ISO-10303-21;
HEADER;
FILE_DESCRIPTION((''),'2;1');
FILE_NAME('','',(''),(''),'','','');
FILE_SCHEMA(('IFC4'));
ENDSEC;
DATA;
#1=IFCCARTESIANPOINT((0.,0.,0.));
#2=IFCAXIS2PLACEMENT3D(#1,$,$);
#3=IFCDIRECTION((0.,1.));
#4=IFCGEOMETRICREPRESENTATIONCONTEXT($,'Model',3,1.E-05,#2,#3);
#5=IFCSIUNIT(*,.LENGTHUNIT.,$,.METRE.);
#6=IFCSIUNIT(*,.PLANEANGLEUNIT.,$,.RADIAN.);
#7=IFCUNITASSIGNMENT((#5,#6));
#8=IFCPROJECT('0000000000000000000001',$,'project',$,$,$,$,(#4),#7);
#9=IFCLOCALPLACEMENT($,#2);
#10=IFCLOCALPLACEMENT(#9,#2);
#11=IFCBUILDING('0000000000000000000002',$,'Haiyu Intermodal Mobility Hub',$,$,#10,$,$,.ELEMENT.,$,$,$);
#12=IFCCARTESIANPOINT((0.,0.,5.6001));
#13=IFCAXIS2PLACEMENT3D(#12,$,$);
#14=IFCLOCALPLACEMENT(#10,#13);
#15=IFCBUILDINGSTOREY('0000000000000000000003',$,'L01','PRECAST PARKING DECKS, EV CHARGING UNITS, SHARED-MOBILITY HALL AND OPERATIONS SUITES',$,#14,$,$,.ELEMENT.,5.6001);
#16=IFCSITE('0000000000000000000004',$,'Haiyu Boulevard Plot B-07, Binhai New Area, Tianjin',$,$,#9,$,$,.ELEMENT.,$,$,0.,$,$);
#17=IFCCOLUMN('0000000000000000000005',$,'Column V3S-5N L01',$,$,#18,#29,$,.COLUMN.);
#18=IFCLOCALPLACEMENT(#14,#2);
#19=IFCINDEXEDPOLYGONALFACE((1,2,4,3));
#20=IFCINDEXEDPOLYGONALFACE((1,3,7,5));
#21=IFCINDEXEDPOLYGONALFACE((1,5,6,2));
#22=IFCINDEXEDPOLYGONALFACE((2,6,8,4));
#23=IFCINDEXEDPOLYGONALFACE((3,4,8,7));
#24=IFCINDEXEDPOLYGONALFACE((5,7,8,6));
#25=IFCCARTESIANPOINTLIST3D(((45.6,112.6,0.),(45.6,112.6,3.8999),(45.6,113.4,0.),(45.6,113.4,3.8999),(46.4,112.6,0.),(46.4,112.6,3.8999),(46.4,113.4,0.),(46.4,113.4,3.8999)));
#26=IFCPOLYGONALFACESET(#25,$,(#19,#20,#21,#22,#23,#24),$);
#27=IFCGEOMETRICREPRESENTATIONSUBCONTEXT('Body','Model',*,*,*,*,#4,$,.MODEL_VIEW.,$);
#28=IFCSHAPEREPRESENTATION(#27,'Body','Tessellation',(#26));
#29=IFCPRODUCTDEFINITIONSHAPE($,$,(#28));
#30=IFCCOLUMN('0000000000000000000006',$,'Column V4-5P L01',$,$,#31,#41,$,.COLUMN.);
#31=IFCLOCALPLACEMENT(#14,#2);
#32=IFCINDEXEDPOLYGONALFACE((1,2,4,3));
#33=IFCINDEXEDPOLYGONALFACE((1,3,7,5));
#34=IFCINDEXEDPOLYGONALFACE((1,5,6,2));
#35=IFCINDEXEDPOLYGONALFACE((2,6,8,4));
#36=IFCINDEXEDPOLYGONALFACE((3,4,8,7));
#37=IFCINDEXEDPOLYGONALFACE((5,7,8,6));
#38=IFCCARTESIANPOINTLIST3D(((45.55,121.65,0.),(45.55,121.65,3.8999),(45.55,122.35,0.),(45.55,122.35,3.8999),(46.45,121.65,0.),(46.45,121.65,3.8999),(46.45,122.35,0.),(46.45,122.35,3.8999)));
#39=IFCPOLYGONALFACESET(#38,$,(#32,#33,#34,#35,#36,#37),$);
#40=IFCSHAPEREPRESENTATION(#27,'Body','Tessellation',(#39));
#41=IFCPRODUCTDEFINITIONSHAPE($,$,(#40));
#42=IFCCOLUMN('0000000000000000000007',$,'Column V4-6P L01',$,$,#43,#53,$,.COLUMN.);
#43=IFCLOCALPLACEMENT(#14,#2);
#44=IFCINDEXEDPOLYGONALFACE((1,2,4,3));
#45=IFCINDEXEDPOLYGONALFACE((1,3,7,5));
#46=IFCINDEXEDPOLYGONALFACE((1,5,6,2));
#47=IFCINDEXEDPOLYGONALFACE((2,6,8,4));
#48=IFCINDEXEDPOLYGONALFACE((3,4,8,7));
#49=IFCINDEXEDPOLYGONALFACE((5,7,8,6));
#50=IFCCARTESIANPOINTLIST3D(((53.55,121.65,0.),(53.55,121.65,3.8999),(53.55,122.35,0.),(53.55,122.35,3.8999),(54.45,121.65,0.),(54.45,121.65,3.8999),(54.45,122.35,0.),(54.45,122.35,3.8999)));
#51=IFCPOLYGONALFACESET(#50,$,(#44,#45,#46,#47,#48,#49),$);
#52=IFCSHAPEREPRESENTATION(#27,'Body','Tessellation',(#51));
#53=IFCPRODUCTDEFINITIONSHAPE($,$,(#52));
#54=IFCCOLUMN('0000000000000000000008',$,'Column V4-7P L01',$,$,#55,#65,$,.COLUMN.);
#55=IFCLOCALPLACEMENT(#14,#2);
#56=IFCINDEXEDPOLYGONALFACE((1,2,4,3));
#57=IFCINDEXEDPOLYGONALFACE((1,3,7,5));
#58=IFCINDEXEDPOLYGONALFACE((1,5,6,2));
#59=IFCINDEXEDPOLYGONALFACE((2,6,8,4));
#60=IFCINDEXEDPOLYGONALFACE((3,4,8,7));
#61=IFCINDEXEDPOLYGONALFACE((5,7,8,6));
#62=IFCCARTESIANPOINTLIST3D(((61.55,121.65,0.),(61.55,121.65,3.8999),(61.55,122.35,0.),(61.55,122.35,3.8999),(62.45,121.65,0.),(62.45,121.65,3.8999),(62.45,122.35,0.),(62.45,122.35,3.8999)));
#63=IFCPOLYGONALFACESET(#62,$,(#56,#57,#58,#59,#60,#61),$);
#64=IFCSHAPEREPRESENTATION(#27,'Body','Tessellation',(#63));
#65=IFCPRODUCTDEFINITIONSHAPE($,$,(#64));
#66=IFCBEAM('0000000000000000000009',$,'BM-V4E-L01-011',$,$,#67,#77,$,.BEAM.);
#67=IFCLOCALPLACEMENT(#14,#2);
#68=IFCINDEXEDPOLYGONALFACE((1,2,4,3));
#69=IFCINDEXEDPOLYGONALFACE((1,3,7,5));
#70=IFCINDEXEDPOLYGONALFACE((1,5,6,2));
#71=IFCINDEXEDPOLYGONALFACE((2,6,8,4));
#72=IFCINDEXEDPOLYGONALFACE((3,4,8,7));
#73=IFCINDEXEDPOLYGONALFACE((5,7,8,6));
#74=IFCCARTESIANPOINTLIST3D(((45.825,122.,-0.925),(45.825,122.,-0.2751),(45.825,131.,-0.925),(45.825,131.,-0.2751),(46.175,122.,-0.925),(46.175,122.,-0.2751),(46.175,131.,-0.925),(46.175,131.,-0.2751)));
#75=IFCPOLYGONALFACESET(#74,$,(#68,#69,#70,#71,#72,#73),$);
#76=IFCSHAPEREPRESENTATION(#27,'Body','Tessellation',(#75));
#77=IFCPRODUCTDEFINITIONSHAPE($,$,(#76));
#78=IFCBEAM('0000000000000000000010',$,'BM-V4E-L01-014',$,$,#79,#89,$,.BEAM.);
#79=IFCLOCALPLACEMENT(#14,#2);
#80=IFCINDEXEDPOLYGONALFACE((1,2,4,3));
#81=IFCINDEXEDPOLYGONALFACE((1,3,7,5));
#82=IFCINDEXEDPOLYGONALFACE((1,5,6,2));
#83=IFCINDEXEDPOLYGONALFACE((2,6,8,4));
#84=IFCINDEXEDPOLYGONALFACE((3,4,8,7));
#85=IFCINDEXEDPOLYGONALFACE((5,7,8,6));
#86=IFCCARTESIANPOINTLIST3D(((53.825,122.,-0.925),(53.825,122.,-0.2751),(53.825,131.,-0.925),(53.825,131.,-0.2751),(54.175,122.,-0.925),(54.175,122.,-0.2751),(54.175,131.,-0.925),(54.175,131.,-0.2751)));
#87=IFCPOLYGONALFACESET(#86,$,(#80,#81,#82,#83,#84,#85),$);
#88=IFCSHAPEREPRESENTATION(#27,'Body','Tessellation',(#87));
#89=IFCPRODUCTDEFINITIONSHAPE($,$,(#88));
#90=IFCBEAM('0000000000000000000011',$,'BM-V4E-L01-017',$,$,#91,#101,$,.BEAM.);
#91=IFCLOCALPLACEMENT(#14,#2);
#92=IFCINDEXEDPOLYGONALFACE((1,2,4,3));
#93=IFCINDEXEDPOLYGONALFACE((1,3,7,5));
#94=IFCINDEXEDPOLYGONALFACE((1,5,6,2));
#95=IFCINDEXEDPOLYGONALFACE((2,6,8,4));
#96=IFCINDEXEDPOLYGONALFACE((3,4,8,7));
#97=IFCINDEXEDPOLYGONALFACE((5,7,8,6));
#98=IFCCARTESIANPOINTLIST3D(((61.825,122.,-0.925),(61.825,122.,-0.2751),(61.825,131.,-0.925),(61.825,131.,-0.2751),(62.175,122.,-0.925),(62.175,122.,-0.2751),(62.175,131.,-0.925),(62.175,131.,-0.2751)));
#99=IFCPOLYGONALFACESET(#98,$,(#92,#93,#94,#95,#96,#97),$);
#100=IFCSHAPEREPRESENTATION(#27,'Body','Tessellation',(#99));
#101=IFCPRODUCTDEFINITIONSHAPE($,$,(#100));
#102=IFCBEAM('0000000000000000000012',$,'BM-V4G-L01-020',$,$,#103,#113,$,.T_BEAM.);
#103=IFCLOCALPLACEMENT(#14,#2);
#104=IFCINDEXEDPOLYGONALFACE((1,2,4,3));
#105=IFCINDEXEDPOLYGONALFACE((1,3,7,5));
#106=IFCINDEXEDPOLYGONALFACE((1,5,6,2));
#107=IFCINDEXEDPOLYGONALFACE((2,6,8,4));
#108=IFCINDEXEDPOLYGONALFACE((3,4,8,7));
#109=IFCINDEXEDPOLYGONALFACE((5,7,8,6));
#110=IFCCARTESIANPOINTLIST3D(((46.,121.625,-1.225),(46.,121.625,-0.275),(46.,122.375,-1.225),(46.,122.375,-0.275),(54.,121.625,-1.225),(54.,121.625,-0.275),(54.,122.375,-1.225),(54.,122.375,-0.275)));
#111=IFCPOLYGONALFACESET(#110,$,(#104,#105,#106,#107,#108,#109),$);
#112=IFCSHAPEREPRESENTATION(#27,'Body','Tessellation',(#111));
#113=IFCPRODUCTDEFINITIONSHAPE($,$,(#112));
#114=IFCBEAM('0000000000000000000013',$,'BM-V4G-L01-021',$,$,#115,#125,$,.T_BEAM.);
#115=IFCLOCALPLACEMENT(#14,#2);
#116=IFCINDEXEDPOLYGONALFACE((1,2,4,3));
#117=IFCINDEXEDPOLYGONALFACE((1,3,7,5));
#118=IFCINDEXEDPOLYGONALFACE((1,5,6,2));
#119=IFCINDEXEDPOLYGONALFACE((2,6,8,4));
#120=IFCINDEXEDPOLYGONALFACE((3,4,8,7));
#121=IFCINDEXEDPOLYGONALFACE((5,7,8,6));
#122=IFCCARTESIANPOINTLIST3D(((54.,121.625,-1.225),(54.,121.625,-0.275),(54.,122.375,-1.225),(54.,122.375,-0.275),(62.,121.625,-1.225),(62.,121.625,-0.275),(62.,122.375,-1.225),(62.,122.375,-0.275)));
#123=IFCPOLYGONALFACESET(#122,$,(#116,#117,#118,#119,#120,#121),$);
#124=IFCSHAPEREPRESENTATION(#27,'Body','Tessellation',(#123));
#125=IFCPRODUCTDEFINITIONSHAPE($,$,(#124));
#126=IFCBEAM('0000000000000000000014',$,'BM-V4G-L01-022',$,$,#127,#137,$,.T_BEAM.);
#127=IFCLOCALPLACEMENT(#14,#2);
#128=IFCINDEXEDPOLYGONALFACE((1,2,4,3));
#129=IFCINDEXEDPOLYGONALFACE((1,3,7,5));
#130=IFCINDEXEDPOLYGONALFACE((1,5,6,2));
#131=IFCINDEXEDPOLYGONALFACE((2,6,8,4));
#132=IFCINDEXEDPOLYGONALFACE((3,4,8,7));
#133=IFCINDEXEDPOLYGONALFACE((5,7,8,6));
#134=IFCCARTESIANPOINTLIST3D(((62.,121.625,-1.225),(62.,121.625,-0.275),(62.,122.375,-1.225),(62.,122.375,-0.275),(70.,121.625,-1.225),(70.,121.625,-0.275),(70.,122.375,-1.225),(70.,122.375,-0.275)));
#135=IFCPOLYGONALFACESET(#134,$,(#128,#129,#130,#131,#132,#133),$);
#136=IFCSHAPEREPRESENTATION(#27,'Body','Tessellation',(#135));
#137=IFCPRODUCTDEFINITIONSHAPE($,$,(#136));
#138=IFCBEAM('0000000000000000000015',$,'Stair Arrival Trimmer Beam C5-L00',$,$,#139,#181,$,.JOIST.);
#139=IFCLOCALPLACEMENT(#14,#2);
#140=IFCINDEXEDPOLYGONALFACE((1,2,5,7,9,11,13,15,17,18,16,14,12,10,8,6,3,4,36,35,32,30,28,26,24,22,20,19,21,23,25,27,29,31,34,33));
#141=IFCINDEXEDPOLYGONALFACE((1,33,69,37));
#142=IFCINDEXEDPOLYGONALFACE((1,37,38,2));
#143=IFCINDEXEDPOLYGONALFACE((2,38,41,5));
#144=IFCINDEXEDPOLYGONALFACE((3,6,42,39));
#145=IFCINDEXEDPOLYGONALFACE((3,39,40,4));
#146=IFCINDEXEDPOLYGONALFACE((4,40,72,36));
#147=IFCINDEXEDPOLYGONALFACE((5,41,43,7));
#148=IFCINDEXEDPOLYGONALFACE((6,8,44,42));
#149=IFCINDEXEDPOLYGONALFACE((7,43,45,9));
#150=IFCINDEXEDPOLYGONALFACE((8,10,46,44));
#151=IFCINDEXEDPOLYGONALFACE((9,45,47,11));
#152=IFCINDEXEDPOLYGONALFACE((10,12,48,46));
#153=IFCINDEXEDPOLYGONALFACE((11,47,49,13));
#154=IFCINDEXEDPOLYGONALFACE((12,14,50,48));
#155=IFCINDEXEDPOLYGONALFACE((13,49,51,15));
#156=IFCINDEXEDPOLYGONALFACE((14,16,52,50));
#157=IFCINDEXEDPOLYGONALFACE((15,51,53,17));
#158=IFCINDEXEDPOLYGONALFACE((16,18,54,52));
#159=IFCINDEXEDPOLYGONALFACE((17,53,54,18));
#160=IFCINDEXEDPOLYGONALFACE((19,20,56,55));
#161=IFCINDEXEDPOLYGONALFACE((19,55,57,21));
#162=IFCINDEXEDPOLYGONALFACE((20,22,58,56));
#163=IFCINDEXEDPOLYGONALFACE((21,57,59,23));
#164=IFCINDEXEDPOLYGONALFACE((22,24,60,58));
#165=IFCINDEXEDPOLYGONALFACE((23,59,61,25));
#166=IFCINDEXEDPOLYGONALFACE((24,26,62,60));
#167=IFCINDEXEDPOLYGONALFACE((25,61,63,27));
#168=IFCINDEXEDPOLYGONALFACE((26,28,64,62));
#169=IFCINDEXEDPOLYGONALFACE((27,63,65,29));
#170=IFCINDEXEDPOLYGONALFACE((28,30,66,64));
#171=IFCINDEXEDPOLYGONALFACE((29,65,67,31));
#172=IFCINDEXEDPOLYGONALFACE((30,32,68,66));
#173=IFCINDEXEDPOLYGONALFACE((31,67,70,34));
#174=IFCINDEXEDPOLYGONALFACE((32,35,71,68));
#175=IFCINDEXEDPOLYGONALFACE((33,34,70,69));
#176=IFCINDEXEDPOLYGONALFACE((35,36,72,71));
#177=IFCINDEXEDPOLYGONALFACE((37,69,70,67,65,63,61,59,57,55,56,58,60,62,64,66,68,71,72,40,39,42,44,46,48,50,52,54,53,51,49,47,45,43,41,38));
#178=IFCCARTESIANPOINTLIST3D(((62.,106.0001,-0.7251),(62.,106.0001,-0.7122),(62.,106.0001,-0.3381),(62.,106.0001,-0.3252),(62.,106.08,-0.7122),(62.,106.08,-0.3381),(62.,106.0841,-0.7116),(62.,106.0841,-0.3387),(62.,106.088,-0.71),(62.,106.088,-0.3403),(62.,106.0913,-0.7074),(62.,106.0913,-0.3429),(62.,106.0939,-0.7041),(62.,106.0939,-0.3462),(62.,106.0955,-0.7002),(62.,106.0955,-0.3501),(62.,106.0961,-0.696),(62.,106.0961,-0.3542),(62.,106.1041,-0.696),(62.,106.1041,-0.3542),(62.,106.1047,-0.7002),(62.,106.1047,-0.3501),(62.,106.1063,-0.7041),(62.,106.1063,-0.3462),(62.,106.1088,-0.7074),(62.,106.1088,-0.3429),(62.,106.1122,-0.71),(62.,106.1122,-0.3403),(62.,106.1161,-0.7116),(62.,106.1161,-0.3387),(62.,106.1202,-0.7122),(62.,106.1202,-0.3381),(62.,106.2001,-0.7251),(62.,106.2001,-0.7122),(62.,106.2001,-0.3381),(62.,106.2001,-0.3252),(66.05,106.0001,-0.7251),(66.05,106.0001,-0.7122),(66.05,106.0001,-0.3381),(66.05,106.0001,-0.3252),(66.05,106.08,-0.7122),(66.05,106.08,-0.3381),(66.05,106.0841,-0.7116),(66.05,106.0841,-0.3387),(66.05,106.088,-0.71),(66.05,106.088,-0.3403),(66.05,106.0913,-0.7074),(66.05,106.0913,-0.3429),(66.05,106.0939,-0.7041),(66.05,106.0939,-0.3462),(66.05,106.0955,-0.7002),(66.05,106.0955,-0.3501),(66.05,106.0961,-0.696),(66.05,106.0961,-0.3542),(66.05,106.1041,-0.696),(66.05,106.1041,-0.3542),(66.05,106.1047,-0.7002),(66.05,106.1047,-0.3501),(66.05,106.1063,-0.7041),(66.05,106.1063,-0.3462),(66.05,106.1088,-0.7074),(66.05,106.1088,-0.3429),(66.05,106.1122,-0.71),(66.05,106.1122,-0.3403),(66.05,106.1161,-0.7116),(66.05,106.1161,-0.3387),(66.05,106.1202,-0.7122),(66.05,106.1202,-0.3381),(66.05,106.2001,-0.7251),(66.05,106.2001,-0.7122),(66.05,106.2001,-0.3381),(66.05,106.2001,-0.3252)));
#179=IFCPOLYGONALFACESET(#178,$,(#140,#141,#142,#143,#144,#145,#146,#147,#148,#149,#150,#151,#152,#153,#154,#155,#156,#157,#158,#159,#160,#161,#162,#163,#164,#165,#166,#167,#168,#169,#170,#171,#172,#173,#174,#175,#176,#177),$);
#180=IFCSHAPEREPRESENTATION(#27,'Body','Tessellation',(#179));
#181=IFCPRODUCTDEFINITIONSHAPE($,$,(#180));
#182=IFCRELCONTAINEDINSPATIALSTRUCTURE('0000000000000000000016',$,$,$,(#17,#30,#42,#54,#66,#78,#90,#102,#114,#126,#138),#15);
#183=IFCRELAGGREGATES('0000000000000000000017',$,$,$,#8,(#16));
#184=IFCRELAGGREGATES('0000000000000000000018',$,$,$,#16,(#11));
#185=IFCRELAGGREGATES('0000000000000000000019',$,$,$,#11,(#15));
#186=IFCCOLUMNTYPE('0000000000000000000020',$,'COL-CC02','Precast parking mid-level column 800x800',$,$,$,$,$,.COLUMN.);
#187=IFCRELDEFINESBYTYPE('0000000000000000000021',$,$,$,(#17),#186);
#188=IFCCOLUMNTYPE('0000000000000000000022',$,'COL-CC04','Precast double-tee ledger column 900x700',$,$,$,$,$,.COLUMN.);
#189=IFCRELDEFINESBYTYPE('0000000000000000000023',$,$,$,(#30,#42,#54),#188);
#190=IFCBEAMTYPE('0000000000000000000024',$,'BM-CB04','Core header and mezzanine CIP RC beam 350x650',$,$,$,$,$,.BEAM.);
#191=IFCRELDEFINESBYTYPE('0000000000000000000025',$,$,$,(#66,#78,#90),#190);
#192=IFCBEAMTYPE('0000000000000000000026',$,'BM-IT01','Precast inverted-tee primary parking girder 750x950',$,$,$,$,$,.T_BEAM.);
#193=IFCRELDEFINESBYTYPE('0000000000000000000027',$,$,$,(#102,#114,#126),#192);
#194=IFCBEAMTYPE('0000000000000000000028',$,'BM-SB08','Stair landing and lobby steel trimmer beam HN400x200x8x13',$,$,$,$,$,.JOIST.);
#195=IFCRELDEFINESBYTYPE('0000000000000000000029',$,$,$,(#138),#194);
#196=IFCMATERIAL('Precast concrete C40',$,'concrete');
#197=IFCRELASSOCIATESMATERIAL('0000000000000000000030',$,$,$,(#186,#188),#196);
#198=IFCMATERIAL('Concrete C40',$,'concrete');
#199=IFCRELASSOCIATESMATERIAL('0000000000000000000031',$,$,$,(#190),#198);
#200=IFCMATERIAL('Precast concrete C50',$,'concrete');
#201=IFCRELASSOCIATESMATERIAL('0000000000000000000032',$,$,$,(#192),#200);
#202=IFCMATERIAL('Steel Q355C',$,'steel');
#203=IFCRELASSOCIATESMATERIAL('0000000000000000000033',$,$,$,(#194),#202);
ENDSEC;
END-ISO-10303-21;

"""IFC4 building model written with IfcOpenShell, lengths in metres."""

from ifc_helpers import new_model, si_unit, direction, frame, origin, origin_2d, place, context, subcontext, project, spatial, rectangle, i_section, extrude, material, material_profile, profile_set, type_object, element, save


model = new_model("IFC4")

# Units and contexts
model_context = context("Model", 3, precision=1e-05, world=origin(), true_north=direction((0.0, 1.0)))
body_context = subcontext(model_context, "Body", "Model", "MODEL_VIEW")
ifc_project = project(units=[si_unit("LENGTHUNIT", "METRE"), si_unit("PLANEANGLEUNIT", "RADIAN")], contexts=[model_context])

# Site, building, storey
site_placement = place(None, origin())
site = spatial("IfcSite", under=ifc_project, at=site_placement, Name="Haiyu Boulevard Plot B-07, Binhai New Area, Tianjin", CompositionType="ELEMENT", RefElevation=0.0)
building_placement = place(site_placement, origin())
building = spatial("IfcBuilding", under=site, at=building_placement, Name="Haiyu Intermodal Mobility Hub", CompositionType="ELEMENT")
storey_placement = place(building_placement, frame((0.0, 0.0, 5.6001)))
storey = spatial("IfcBuildingStorey", under=building, at=storey_placement, Name="L01", Description="PRECAST PARKING DECKS, EV CHARGING UNITS, SHARED-MOBILITY HALL AND OPERATIONS SUITES", CompositionType="ELEMENT", Elevation=5.6001)

# Columns
ifc_material_1 = material(Name="Precast concrete C40", Category="concrete")
ifc_material_profile_1 = material_profile(ifc_material_1, rectangle(XDim=0.8, YDim=0.8, at=origin_2d()), Name="RC800x800")
ifc_profile_set_1 = profile_set([ifc_material_profile_1], Name="Precast concrete C40")
column_type_1 = type_object("IfcColumnType", Name="COL-CC02", Description="Precast parking mid-level column 800x800", PredefinedType="COLUMN", material=ifc_profile_set_1)
column_placement = place(storey_placement, frame((46.0, 113.0, 0.0), z_axis=(0.0, 0.0, 1.0), x_axis=(1.0, 0.0, 0.0)))
element("IfcColumn", 1, at=column_placement, inside=storey, type_object=column_type_1, Name="Column V3S-5N L01", PredefinedType="COLUMN", context=body_context, shape_type="SweptSolid", body=[
    extrude(rectangle(XDim=0.8, YDim=0.8, at=origin_2d()), origin(), (0.0, 0.0, 1.0), 3.8999),
])
ifc_material_profile_2 = material_profile(ifc_material_1, rectangle(XDim=0.8999, YDim=0.7, at=origin_2d()), Name="RC900x700")
ifc_profile_set_2 = profile_set([ifc_material_profile_2], Name="Precast concrete C40")
column_type_2 = type_object("IfcColumnType", Name="COL-CC04", Description="Precast double-tee ledger column 900x700", PredefinedType="COLUMN", material=ifc_profile_set_2)
for number, where, z_axis, x_axis, name in (
    (2, (46.0, 122.0, 0.0), (0.0, 0.0, 1.0), (1.0, 0.0, 0.0), "Column V4-5P L01"),
    (3, (54.0, 122.0, 0.0), (0.0, 0.0, 1.0), (1.0, 0.0, 0.0), "Column V4-6P L01"),
    (4, (62.0, 122.0, 0.0), (0.0, 0.0, 1.0), (1.0, 0.0, 0.0), "Column V4-7P L01"),
):
    element("IfcColumn", number, at=place(storey_placement, frame(where, z_axis=z_axis, x_axis=x_axis)), inside=storey, type_object=column_type_2, Name=name, PredefinedType="COLUMN", context=body_context, shape_type="SweptSolid", body=[
        extrude(rectangle(XDim=0.8999, YDim=0.7, at=origin_2d()), origin(), (0.0, 0.0, 1.0), 3.8999),
    ])

# Beams
ifc_material_2 = material(Name="Concrete C40", Category="concrete")
ifc_material_profile_3 = material_profile(ifc_material_2, rectangle(XDim=0.3501, YDim=0.6499, at=origin_2d()), Name="RCB350x650")
ifc_profile_set_3 = profile_set([ifc_material_profile_3], Name="Concrete C40")
beam_type_1 = type_object("IfcBeamType", Name="BM-CB04", Description="Core header and mezzanine CIP RC beam 350x650", PredefinedType="BEAM", material=ifc_profile_set_3)
for number, where, z_axis, x_axis, name in (
    (5, (46.0, 122.0, -0.6001), (0.0, 1.0, 0.0), (-1.0, 0.0, 0.0), "BM-V4E-L01-011"),
    (6, (54.0, 122.0, -0.6001), (0.0, 1.0, 0.0), (-1.0, 0.0, 0.0), "BM-V4E-L01-014"),
    (7, (62.0, 122.0, -0.6001), (0.0, 1.0, 0.0), (-1.0, 0.0, 0.0), "BM-V4E-L01-017"),
):
    element("IfcBeam", number, at=place(storey_placement, frame(where, z_axis=z_axis, x_axis=x_axis)), inside=storey, type_object=beam_type_1, Name=name, PredefinedType="BEAM", context=body_context, shape_type="SweptSolid", body=[
        extrude(rectangle(XDim=0.3501, YDim=0.6499, at=origin_2d()), origin(), (0.0, 0.0, 1.0), 9.0),
    ])
ifc_material_3 = material(Name="Precast concrete C50", Category="concrete")
ifc_material_profile_4 = material_profile(ifc_material_3, rectangle(XDim=0.75, YDim=0.95, at=origin_2d()), Name="PC750x950")
ifc_profile_set_4 = profile_set([ifc_material_profile_4], Name="Precast concrete C50")
beam_type_2 = type_object("IfcBeamType", Name="BM-IT01", Description="Precast inverted-tee primary parking girder 750x950", PredefinedType="T_BEAM", material=ifc_profile_set_4)
for number, where, z_axis, x_axis, name in (
    (8, (46.0, 122.0, -0.75), (1.0, 0.0, 0.0), (0.0, 1.0, 0.0), "BM-V4G-L01-020"),
    (9, (54.0, 122.0, -0.75), (1.0, 0.0, 0.0), (0.0, 1.0, 0.0), "BM-V4G-L01-021"),
    (10, (62.0, 122.0, -0.75), (1.0, 0.0, 0.0), (0.0, 1.0, 0.0), "BM-V4G-L01-022"),
):
    element("IfcBeam", number, at=place(storey_placement, frame(where, z_axis=z_axis, x_axis=x_axis)), inside=storey, type_object=beam_type_2, Name=name, PredefinedType="T_BEAM", context=body_context, shape_type="SweptSolid", body=[
        extrude(rectangle(XDim=0.75, YDim=0.95, at=origin_2d()), origin(), (0.0, 0.0, 1.0), 8.0),
    ])
ifc_material_4 = material(Name="Steel Q355C", Category="steel")
ifc_material_profile_5 = material_profile(ifc_material_4, i_section(OverallWidth=0.2, OverallDepth=0.3999, WebThickness=0.0081, FlangeThickness=0.0129, FilletRadius=0.0161, at=origin_2d()), Name="HN400x200x8x13")
ifc_profile_set_5 = profile_set([ifc_material_profile_5], Name="Steel Q355C")
beam_type_3 = type_object("IfcBeamType", Name="BM-SB08", Description="Stair landing and lobby steel trimmer beam HN400x200x8x13", PredefinedType="JOIST", material=ifc_profile_set_5)
for number, where, z_axis, x_axis, name in (
    (11, (62.0, 106.1001, -0.5251), (1.0, 0.0, 0.0), (0.0, 1.0, 0.0), "Stair Arrival Trimmer Beam C5-L00"),
):
    element("IfcBeam", number, at=place(storey_placement, frame(where, z_axis=z_axis, x_axis=x_axis)), inside=storey, type_object=beam_type_3, Name=name, PredefinedType="JOIST", context=body_context, shape_type="SweptSolid", body=[
        extrude(i_section(OverallWidth=0.2, OverallDepth=0.3999, WebThickness=0.0081, FlangeThickness=0.0129, FilletRadius=0.0161, at=origin_2d()), origin(), (0.0, 0.0, 1.0), 4.05),
    ])

save(model, "model.ifc")
